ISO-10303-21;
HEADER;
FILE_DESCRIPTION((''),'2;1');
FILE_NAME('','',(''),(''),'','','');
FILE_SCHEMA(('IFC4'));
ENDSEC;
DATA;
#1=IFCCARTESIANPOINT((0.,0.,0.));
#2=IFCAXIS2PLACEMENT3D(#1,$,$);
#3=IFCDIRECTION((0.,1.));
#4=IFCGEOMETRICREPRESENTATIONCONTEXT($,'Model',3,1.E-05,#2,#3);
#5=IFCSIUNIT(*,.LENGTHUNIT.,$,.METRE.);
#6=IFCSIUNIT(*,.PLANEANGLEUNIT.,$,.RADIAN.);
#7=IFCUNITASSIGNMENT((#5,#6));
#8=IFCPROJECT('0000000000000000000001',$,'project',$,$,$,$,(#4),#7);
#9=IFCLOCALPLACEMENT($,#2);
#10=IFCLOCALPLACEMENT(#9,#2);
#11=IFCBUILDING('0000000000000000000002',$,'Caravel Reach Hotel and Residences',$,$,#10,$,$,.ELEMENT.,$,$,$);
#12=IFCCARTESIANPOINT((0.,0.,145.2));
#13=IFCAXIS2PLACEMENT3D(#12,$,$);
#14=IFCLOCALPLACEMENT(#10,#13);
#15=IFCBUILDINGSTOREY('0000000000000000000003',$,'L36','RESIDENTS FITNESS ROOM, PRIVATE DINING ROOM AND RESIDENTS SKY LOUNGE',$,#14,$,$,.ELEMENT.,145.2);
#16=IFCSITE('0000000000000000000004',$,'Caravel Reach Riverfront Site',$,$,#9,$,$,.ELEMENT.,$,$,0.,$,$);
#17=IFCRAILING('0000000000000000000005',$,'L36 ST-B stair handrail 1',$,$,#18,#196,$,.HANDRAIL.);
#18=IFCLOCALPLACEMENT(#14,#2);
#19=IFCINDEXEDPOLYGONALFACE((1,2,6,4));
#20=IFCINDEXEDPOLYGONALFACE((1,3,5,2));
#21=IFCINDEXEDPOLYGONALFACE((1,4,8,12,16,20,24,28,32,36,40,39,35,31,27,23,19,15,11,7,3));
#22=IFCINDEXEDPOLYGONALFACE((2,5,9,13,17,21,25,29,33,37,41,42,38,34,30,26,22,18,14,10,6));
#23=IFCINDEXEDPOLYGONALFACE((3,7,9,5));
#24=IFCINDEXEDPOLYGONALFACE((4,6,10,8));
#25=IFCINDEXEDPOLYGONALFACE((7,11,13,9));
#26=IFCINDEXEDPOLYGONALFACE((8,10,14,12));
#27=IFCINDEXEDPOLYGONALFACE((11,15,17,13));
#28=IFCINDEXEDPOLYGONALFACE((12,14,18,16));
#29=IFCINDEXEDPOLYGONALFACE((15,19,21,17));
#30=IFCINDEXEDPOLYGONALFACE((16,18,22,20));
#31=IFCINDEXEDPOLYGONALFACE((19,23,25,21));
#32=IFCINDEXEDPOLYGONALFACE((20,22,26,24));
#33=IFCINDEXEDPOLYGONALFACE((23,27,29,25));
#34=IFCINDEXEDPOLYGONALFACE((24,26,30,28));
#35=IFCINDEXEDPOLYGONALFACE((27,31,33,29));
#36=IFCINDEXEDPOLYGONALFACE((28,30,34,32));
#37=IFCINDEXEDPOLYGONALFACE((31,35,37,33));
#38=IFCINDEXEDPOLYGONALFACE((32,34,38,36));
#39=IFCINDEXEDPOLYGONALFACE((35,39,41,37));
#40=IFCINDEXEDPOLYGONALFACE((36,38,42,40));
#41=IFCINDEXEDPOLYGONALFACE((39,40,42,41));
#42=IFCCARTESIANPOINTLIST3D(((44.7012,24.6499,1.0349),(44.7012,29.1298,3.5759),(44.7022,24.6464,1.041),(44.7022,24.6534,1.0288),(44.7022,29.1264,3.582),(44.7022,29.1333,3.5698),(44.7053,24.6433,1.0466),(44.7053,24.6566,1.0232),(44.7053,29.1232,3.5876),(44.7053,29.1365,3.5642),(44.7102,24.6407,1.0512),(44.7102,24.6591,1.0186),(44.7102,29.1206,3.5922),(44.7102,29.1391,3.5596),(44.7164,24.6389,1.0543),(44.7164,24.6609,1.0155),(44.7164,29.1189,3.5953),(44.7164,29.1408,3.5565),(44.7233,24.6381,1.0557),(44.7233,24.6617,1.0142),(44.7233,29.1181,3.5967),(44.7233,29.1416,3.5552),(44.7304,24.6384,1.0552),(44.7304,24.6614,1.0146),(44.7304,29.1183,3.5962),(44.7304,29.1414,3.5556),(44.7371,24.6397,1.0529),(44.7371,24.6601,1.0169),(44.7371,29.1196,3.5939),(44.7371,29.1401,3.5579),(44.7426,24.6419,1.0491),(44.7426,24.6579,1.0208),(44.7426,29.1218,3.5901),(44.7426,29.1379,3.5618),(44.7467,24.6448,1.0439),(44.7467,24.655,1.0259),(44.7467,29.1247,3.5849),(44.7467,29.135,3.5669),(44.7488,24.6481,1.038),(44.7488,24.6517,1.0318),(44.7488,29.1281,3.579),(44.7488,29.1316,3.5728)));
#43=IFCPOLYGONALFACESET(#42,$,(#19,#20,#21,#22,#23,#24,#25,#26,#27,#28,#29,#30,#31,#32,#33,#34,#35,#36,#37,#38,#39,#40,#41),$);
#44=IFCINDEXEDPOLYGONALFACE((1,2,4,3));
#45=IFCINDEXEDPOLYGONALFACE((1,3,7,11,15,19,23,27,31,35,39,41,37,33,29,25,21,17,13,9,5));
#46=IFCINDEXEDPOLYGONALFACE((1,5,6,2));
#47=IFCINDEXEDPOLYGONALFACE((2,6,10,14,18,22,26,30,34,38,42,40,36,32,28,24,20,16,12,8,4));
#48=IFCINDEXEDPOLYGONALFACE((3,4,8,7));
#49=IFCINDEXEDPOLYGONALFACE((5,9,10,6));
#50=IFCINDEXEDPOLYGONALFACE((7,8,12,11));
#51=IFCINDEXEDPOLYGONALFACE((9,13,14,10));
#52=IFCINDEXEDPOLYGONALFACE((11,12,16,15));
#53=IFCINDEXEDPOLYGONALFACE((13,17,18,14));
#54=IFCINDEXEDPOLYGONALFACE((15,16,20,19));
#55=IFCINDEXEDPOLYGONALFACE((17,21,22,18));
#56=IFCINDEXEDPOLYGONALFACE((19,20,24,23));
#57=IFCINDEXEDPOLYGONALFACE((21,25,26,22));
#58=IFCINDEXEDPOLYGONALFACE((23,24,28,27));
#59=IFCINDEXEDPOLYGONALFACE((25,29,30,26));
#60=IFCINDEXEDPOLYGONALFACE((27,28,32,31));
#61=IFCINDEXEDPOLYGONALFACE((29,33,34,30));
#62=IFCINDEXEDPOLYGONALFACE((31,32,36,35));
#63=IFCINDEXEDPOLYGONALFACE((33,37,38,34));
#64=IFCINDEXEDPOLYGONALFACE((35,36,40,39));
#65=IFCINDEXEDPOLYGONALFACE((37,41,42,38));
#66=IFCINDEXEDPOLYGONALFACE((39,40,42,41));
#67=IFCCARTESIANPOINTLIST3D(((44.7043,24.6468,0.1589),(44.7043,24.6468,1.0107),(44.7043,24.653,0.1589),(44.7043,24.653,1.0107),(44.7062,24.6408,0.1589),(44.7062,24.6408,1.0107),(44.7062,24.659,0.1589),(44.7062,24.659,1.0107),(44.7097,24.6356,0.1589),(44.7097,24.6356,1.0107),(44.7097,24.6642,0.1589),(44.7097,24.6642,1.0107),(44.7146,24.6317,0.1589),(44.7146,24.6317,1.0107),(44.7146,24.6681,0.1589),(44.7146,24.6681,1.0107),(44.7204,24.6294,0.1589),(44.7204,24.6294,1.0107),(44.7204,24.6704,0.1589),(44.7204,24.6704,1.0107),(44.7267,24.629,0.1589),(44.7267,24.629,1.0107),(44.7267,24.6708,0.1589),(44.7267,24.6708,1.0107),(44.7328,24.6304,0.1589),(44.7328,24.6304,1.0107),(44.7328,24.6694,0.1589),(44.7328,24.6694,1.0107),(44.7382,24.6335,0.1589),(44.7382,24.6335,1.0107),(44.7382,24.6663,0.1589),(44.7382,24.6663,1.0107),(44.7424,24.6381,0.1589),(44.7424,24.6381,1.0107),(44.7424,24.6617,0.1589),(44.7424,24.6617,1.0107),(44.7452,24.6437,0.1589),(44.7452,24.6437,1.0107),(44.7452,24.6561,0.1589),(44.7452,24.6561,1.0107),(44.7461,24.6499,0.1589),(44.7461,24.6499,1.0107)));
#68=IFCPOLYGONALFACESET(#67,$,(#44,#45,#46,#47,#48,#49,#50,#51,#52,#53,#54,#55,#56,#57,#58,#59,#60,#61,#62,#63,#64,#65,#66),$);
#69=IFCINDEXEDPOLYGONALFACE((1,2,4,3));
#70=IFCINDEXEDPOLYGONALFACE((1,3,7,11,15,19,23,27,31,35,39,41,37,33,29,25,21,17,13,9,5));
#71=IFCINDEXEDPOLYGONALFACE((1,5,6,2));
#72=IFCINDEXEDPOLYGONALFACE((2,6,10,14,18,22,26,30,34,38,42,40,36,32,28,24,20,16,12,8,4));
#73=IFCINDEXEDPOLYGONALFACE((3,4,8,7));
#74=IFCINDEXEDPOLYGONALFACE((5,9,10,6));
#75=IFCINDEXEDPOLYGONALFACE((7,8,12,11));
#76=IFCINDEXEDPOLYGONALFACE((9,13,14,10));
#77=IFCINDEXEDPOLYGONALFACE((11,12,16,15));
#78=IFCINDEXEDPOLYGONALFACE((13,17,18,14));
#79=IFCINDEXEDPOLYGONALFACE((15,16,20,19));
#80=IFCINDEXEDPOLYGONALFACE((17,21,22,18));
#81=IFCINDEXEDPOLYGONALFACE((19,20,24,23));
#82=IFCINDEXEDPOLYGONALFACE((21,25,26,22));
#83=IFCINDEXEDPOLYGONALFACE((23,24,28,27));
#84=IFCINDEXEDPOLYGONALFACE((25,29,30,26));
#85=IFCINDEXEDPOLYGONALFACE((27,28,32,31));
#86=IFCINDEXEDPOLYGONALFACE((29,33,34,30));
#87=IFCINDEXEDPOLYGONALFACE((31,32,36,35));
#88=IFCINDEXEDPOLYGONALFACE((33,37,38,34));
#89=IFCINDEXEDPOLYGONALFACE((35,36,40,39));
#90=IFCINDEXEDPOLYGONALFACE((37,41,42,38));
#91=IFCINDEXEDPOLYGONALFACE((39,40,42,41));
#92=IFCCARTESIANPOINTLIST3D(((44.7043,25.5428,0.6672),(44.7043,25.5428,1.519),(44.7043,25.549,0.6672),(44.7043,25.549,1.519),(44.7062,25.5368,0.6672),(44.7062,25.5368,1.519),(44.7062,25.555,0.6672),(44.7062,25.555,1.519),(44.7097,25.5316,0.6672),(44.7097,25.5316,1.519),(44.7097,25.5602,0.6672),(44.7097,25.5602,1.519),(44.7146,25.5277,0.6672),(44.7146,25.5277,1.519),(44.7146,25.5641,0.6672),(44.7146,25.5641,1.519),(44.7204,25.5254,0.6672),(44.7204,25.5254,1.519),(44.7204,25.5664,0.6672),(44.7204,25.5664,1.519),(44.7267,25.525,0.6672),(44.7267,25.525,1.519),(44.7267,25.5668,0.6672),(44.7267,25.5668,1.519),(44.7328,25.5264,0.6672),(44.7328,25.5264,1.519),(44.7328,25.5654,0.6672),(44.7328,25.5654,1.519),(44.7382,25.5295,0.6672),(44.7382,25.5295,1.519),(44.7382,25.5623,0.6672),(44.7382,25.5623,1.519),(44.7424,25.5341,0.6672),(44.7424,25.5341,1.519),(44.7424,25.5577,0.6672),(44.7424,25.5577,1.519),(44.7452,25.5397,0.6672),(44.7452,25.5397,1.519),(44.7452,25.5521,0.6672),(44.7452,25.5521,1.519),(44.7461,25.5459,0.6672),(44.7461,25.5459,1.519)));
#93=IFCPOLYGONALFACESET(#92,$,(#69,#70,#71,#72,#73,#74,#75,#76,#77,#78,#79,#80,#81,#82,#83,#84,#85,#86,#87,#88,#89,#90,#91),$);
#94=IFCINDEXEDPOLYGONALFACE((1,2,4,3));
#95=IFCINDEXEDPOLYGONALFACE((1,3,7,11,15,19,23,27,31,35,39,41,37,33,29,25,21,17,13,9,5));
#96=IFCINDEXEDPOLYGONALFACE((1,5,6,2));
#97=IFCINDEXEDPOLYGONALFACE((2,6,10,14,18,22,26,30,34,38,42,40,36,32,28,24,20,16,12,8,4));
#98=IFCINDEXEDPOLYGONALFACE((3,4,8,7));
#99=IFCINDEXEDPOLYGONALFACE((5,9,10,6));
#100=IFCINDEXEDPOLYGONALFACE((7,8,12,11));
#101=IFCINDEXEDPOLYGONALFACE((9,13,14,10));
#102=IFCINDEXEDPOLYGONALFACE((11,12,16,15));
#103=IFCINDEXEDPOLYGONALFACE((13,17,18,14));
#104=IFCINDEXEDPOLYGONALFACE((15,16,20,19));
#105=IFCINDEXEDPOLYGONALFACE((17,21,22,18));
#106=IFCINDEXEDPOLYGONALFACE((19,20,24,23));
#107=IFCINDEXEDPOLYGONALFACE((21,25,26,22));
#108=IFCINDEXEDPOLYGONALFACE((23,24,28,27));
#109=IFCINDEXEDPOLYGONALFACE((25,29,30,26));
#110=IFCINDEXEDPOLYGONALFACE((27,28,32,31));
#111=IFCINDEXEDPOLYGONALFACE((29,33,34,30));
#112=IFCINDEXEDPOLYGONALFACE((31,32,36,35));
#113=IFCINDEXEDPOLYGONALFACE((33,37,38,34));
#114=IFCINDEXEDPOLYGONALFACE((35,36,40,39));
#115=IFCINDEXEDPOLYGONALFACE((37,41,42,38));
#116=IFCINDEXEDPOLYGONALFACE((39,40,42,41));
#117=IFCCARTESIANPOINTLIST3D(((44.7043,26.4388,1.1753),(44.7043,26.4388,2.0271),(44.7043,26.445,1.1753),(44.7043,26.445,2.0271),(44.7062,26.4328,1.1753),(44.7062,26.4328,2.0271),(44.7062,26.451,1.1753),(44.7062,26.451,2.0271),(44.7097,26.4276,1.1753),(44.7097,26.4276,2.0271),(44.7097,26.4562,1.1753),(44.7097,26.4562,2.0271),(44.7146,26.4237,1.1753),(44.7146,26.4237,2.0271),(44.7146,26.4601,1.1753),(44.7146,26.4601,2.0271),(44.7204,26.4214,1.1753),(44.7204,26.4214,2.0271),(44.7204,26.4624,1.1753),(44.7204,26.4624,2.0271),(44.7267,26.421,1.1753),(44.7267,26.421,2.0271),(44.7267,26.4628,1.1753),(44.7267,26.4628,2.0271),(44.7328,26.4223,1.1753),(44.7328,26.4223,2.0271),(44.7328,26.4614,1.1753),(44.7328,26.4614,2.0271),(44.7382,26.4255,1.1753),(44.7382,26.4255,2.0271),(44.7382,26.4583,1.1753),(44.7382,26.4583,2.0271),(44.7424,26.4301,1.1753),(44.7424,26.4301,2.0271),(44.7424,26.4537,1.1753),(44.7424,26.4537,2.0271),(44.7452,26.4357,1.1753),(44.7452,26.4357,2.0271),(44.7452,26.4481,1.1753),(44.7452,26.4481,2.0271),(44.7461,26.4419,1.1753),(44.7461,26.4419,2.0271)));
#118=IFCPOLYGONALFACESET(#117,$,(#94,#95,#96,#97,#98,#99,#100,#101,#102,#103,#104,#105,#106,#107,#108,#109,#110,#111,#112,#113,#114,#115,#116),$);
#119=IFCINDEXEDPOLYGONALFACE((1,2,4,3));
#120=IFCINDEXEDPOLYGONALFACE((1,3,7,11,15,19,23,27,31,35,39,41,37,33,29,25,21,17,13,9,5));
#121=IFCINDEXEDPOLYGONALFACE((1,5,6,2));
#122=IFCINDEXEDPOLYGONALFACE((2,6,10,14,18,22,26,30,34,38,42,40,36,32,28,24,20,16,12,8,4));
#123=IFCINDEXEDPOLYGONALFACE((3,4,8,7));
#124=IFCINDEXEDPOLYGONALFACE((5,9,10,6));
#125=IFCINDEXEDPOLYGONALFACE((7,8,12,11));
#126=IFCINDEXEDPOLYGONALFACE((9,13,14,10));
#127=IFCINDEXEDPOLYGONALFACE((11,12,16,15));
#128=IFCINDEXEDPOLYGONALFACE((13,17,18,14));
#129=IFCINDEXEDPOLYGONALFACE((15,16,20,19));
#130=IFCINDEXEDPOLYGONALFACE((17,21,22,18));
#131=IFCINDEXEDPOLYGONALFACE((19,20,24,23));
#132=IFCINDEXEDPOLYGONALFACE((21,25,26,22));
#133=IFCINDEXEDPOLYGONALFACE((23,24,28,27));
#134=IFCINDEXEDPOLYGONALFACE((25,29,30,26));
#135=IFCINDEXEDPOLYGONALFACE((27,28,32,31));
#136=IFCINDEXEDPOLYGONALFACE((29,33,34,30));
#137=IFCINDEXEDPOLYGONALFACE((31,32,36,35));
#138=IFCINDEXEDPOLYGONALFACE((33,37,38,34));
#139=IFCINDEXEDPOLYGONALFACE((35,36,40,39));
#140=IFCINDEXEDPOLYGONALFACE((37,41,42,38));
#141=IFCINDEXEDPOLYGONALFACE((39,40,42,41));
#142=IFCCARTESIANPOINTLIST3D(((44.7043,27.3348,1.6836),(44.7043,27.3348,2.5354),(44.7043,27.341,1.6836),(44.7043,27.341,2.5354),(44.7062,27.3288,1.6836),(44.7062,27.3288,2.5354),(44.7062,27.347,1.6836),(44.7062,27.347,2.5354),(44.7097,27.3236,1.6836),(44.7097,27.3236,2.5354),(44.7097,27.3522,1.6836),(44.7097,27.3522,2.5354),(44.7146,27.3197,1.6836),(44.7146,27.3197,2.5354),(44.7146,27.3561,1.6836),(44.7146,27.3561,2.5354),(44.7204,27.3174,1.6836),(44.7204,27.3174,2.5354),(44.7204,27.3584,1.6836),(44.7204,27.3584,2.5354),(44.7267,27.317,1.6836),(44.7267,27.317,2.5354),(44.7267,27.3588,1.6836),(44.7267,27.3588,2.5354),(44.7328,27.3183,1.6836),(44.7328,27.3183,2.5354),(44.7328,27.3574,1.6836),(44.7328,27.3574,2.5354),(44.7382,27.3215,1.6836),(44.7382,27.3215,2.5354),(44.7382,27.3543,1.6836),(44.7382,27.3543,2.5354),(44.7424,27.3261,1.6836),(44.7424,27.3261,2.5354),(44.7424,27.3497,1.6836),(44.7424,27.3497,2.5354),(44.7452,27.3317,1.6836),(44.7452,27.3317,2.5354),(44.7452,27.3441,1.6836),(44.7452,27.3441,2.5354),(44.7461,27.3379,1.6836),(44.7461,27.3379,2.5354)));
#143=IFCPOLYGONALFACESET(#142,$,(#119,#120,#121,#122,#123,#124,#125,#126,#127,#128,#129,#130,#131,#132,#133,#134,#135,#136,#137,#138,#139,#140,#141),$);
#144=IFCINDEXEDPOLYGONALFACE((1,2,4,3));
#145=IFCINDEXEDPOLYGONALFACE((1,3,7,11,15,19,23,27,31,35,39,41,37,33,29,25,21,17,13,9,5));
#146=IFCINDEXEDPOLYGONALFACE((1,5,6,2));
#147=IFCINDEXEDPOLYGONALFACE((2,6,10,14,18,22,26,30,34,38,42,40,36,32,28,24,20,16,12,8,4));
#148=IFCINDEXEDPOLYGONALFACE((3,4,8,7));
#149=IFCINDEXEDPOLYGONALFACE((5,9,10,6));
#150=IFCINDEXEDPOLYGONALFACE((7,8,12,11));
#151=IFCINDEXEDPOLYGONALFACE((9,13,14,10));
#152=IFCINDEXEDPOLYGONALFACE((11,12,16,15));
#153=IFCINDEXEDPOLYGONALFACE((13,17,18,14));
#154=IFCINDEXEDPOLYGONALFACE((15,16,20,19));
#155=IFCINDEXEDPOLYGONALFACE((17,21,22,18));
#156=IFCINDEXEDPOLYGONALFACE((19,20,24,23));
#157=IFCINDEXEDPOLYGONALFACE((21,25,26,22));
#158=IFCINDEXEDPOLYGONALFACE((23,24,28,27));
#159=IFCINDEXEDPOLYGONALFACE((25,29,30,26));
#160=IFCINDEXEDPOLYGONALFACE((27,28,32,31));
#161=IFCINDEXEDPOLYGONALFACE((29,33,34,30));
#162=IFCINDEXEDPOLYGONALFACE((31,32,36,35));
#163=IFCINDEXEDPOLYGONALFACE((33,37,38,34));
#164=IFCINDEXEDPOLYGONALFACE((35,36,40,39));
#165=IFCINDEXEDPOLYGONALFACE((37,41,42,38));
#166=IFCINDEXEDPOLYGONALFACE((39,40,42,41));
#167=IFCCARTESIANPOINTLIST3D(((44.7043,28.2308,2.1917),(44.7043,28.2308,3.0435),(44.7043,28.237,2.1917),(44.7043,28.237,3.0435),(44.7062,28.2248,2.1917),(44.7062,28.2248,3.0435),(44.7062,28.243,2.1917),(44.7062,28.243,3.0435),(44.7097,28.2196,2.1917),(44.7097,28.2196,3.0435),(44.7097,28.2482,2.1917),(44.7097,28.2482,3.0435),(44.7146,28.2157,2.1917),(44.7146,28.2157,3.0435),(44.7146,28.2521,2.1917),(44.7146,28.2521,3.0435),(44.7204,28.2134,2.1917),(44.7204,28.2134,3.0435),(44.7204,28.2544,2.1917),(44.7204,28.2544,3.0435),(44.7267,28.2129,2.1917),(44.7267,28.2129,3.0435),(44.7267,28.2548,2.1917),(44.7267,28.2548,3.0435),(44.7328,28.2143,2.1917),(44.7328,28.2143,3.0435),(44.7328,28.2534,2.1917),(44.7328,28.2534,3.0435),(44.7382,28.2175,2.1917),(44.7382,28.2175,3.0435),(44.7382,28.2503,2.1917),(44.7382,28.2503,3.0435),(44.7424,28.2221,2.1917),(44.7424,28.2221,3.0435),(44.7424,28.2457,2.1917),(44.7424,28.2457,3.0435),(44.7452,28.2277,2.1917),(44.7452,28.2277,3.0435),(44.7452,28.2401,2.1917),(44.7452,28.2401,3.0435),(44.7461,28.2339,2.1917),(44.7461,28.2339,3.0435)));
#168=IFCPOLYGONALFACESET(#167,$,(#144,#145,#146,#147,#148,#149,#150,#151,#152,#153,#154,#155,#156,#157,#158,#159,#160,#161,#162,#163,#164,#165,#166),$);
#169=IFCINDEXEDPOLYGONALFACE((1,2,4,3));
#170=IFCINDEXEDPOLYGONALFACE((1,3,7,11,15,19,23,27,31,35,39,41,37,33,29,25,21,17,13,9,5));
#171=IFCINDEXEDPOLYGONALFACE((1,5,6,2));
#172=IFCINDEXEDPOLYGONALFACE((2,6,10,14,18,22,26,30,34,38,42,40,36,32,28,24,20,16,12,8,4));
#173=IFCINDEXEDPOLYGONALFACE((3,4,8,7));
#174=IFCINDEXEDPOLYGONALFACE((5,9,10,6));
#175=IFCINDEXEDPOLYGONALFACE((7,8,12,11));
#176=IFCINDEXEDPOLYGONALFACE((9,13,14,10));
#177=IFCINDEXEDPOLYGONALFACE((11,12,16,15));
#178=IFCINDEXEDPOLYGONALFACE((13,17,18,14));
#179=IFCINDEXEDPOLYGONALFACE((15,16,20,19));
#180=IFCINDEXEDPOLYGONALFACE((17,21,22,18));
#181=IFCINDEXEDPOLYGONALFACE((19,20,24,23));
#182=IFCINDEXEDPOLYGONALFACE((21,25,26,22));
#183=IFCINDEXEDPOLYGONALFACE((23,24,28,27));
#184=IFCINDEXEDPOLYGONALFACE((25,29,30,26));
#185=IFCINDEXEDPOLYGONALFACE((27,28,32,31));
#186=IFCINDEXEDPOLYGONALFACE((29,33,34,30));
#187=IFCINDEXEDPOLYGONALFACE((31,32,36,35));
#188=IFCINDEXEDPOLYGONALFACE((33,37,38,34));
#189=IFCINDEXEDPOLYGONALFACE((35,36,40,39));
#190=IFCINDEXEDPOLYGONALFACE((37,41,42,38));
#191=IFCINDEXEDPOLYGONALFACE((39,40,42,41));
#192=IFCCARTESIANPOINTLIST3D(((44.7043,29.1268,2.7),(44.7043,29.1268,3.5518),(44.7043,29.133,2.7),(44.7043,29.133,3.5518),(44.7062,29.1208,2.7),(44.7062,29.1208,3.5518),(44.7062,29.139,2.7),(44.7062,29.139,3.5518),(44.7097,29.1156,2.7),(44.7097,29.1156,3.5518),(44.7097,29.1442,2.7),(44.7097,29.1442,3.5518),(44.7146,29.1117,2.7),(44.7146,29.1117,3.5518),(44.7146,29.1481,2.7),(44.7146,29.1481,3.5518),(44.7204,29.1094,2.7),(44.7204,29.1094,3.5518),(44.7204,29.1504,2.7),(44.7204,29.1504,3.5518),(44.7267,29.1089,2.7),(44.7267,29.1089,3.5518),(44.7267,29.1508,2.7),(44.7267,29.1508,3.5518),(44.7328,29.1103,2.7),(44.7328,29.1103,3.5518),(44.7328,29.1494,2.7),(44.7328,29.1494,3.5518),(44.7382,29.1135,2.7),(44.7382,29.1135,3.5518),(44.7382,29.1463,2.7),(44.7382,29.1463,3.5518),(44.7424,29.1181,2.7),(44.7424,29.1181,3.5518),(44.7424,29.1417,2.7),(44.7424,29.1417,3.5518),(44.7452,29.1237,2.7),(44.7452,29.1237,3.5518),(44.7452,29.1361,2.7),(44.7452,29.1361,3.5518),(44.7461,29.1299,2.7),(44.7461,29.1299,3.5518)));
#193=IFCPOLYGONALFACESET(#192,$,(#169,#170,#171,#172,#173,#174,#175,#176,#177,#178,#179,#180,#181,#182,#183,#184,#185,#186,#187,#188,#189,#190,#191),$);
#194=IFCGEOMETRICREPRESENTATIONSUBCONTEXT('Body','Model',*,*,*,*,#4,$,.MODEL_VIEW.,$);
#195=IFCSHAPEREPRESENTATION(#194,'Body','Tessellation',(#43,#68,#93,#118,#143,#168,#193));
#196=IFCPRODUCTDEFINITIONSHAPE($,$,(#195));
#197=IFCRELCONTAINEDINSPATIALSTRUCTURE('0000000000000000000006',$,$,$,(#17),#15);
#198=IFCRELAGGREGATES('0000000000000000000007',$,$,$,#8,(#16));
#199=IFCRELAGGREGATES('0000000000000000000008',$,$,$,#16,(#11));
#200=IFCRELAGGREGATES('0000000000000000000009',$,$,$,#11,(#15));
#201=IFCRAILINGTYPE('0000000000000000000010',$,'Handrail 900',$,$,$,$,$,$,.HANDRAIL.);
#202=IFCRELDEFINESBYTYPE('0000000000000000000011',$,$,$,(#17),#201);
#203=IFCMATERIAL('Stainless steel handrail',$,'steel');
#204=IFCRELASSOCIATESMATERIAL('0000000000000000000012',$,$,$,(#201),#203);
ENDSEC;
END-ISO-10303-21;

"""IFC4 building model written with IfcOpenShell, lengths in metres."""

from ifc_helpers import new_model, si_unit, direction, frame, origin, origin_2d, place, context, subcontext, project, spatial, circle, extrude, material, type_object, element, save


model = new_model("IFC4")

# Units and contexts
model_context = context("Model", 3, precision=1e-05, world=origin(), true_north=direction((0.0, 1.0)))
body_context = subcontext(model_context, "Body", "Model", "MODEL_VIEW")
ifc_project = project(units=[si_unit("LENGTHUNIT", "METRE"), si_unit("PLANEANGLEUNIT", "RADIAN")], contexts=[model_context])

# Site, building, storey
site_placement = place(None, origin())
site = spatial("IfcSite", under=ifc_project, at=site_placement, Name="Caravel Reach Riverfront Site", CompositionType="ELEMENT", RefElevation=0.0)
building_placement = place(site_placement, origin())
building = spatial("IfcBuilding", under=site, at=building_placement, Name="Caravel Reach Hotel and Residences", CompositionType="ELEMENT")
storey_placement = place(building_placement, frame((0.0, 0.0, 145.2)))
storey = spatial("IfcBuildingStorey", under=building, at=storey_placement, Name="L36", Description="RESIDENTS FITNESS ROOM, PRIVATE DINING ROOM AND RESIDENTS SKY LOUNGE", CompositionType="ELEMENT", Elevation=145.2)

# Railing
ifc_material_1 = material(Name="Stainless steel handrail", Category="steel")
railing_type_1 = type_object("IfcRailingType", Name="Handrail 900", PredefinedType="HANDRAIL", material=ifc_material_1)
railing_1_placement = place(storey_placement, frame((44.7251, 24.6499, 0.1589)))
element("IfcRailing", 1, at=railing_1_placement, inside=storey, type_object=railing_type_1, Name="L36 ST-B stair handrail 1", PredefinedType="HANDRAIL", context=body_context, shape_type="SweptSolid", body=[
    extrude(circle(Radius=0.0239, at=origin_2d()), frame((0.0, 0.0, 0.876), z_axis=(0.0, 0.869826, 0.493359), x_axis=(-1.0, 0.0, 0.0)), (0.0, 0.0, 1.0), 5.1504),
    extrude(circle(Radius=0.021, at=origin_2d()), origin(), (0.0, 0.0, 1.0), 0.8518),
    extrude(circle(Radius=0.021, at=origin_2d()), frame((0.0, 0.896, 0.5083)), (0.0, 0.0, 1.0), 0.8518),
    extrude(circle(Radius=0.021, at=origin_2d()), frame((0.0, 1.792, 1.0164)), (0.0, 0.0, 1.0), 0.8518),
    extrude(circle(Radius=0.021, at=origin_2d()), frame((0.0, 2.688, 1.5247)), (0.0, 0.0, 1.0), 0.8518),
    extrude(circle(Radius=0.021, at=origin_2d()), frame((0.0, 3.584, 2.0327)), (0.0, 0.0, 1.0), 0.8518),
    extrude(circle(Radius=0.021, at=origin_2d()), frame((0.0, 4.48, 2.541)), (0.0, 0.0, 1.0), 0.8518),
])

save(model, "model.ifc")
